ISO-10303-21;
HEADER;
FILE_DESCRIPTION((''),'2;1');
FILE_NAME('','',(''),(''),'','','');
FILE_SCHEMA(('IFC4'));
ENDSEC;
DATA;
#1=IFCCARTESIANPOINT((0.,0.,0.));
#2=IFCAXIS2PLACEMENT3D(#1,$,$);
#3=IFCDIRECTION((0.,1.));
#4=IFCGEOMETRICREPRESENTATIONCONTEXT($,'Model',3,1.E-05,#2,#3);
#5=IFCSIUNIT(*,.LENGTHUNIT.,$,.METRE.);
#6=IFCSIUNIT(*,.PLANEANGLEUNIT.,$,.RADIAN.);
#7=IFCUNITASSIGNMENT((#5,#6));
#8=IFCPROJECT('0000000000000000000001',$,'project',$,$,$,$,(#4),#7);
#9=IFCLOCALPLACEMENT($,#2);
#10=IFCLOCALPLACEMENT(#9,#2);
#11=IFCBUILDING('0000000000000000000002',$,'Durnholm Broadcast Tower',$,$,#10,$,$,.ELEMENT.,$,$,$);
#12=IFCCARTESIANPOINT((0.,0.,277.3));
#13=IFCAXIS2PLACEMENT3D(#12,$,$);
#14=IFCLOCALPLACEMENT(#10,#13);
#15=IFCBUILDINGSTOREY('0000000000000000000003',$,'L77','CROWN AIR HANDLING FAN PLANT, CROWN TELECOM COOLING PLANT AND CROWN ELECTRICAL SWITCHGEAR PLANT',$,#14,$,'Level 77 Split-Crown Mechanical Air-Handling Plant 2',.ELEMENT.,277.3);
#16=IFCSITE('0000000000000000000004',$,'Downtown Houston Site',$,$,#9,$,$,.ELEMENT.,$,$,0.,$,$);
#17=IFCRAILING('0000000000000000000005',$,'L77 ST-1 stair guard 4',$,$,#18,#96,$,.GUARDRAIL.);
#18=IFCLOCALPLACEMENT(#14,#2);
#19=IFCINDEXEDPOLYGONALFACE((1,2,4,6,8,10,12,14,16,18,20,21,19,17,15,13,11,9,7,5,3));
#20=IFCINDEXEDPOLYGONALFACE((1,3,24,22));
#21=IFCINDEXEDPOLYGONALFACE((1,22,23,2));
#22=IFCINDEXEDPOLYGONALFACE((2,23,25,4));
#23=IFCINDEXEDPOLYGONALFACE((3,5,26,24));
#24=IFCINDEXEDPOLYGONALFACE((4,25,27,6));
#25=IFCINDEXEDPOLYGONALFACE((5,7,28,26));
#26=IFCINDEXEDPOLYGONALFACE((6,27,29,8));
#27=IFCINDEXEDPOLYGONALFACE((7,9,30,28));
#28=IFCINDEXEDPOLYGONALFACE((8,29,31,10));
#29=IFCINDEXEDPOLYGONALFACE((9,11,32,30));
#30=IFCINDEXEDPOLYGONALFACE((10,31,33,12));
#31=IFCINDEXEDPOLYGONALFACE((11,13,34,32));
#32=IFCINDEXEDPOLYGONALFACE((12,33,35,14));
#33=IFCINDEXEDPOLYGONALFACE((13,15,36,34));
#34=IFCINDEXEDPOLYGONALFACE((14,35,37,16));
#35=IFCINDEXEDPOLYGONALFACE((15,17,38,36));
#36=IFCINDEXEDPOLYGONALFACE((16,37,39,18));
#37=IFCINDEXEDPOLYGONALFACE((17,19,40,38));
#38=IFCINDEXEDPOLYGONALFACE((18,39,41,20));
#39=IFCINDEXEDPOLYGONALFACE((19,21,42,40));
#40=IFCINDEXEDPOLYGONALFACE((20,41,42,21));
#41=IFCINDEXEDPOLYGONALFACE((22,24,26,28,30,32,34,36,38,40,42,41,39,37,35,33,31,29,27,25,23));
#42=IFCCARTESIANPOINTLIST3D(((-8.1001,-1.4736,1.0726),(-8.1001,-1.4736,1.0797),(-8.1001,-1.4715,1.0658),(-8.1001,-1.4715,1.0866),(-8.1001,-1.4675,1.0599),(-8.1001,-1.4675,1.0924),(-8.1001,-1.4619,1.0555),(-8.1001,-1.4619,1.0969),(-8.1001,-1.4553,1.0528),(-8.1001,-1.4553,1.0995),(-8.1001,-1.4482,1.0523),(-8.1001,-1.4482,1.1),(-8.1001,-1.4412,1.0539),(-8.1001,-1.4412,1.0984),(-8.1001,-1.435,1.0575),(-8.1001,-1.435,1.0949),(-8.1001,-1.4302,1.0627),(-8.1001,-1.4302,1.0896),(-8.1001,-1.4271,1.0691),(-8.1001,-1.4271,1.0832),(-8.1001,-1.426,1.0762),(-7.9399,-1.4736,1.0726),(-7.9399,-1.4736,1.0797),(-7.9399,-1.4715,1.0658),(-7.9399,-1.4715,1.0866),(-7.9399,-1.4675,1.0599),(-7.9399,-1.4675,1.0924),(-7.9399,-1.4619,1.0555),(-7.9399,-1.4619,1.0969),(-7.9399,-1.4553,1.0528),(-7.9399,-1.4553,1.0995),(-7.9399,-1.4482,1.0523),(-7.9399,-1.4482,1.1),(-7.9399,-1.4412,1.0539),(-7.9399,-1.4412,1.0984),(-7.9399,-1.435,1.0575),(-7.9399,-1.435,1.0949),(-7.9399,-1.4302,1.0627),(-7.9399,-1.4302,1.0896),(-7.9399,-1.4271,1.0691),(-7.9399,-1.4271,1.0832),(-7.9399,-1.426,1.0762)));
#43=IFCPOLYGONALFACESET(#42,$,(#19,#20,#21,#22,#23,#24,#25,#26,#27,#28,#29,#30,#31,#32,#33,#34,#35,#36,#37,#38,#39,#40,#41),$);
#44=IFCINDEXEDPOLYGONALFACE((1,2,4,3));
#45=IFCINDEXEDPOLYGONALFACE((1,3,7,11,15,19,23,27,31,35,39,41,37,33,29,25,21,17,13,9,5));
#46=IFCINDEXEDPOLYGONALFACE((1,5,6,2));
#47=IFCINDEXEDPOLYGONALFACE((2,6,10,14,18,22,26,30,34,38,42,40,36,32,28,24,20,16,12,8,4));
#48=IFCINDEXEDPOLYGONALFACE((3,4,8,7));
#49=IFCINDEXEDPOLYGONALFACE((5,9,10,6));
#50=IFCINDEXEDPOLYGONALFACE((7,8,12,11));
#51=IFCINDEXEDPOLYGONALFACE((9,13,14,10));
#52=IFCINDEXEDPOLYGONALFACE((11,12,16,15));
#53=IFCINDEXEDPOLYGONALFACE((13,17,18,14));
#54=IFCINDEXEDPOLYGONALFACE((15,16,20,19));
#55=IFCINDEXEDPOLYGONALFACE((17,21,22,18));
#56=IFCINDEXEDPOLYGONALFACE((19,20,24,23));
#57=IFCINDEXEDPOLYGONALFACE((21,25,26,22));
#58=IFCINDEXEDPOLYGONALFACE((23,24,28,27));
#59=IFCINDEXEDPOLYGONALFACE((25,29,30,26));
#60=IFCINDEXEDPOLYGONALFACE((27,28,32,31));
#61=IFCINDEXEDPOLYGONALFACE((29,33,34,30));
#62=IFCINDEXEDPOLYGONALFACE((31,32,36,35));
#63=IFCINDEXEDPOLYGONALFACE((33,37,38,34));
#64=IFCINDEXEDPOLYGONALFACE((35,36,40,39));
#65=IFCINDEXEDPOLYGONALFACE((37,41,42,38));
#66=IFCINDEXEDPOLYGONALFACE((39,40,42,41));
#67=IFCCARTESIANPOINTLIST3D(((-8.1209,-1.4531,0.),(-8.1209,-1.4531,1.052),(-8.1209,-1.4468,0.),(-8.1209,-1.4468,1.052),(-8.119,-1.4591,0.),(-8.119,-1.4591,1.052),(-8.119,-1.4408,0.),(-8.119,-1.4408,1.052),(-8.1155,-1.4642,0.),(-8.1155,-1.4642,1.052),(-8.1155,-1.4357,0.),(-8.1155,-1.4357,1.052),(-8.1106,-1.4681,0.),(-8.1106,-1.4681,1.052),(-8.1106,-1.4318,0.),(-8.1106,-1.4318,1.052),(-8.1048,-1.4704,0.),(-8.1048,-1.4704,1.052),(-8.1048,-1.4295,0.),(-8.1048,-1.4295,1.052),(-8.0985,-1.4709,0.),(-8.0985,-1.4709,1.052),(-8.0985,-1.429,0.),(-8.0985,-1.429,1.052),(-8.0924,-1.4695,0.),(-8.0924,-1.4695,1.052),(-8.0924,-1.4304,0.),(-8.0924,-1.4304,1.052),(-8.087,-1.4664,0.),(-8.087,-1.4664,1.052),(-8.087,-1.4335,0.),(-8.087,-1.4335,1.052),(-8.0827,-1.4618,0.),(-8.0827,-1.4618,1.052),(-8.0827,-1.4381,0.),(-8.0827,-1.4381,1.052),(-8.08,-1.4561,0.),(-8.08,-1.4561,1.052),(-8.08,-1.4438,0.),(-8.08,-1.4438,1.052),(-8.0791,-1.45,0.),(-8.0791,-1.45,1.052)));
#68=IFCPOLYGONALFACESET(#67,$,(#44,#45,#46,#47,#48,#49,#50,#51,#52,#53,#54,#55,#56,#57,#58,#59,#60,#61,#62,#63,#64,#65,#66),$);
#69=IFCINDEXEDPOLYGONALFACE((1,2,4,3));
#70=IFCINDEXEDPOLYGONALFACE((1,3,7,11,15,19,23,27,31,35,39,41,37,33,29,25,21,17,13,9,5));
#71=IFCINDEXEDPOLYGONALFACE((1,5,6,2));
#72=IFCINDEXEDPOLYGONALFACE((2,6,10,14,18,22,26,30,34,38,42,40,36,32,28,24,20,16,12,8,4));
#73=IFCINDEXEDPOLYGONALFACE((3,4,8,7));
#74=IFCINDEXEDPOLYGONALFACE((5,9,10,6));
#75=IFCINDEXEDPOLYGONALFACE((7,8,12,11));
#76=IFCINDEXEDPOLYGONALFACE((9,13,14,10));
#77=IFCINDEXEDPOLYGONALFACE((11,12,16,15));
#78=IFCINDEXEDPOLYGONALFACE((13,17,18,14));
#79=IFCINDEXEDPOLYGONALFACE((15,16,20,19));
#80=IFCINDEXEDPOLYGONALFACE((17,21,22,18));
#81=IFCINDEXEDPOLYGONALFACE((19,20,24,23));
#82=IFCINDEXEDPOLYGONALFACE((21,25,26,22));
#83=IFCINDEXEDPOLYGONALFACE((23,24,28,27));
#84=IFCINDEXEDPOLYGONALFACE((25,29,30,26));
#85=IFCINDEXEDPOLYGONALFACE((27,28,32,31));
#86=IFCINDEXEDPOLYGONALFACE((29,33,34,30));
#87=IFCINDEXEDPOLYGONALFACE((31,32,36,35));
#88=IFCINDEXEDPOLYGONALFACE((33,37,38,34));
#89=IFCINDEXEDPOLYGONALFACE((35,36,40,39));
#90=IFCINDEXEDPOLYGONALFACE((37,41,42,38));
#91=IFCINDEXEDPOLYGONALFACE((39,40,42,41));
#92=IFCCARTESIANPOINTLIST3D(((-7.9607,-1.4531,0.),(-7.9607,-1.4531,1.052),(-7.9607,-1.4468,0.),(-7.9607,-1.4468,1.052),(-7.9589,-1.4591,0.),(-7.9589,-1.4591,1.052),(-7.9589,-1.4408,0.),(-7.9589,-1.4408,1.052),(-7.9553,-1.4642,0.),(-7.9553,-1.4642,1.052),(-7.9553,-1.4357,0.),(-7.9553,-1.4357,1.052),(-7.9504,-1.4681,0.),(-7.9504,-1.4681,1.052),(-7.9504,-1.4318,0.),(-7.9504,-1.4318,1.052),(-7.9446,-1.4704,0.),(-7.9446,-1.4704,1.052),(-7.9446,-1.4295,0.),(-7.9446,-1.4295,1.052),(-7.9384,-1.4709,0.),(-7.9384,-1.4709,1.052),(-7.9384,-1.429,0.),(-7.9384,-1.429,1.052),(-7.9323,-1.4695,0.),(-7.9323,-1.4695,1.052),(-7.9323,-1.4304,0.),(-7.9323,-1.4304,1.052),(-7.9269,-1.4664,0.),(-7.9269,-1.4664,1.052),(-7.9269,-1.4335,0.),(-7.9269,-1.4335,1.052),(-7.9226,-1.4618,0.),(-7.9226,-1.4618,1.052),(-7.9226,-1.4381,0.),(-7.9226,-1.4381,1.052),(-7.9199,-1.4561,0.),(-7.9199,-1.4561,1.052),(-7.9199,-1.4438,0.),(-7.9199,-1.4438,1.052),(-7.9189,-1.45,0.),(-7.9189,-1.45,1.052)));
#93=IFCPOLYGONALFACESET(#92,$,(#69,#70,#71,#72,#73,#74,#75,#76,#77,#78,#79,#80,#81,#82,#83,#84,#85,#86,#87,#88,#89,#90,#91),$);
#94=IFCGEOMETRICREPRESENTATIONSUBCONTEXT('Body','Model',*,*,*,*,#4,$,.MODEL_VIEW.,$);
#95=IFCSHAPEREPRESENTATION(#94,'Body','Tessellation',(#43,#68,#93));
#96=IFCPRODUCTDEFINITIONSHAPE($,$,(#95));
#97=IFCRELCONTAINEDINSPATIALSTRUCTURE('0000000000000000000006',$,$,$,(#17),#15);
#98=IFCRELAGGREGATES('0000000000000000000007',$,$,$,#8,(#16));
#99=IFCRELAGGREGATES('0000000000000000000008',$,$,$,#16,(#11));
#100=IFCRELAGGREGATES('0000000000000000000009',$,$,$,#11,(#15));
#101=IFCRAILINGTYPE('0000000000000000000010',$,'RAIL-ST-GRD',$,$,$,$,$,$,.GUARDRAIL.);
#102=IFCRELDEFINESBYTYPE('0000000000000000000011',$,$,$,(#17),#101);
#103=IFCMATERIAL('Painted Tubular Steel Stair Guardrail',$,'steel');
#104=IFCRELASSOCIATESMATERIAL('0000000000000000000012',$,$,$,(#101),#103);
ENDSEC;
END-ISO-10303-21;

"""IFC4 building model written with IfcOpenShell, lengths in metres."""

from ifc_helpers import new_model, si_unit, direction, frame, origin, origin_2d, place, context, subcontext, project, spatial, circle, extrude, material, type_object, element, save


model = new_model("IFC4")

# Units and contexts
model_context = context("Model", 3, precision=1e-05, world=origin(), true_north=direction((0.0, 1.0)))
body_context = subcontext(model_context, "Body", "Model", "MODEL_VIEW")
ifc_project = project(units=[si_unit("LENGTHUNIT", "METRE"), si_unit("PLANEANGLEUNIT", "RADIAN")], contexts=[model_context])

# Site, building, storey
site_placement = place(None, origin())
site = spatial("IfcSite", under=ifc_project, at=site_placement, Name="Downtown Houston Site", CompositionType="ELEMENT", RefElevation=0.0)
building_placement = place(site_placement, origin())
building = spatial("IfcBuilding", under=site, at=building_placement, Name="Durnholm Broadcast Tower", CompositionType="ELEMENT")
storey_placement = place(building_placement, frame((0.0, 0.0, 277.3)))
storey = spatial("IfcBuildingStorey", under=building, at=storey_placement, Name="L77", Description="CROWN AIR HANDLING FAN PLANT, CROWN TELECOM COOLING PLANT AND CROWN ELECTRICAL SWITCHGEAR PLANT", LongName="Level 77 Split-Crown Mechanical Air-Handling Plant 2", CompositionType="ELEMENT", Elevation=277.3)

# Railing
ifc_material_1 = material(Name="Painted Tubular Steel Stair Guardrail", Category="steel")
railing_type_1 = type_object("IfcRailingType", Name="RAIL-ST-GRD", PredefinedType="GUARDRAIL", material=ifc_material_1)
railing_1_placement = place(storey_placement, frame((-8.1001, -1.45, 0.0)))
element("IfcRailing", 1, at=railing_1_placement, inside=storey, type_object=railing_type_1, Name="L77 ST-1 stair guard 4", PredefinedType="GUARDRAIL", context=body_context, shape_type="SweptSolid", body=[
    extrude(circle(Radius=0.0239, at=origin_2d()), frame((0.0, 0.0, 1.0762), z_axis=(1.0, 0.0, 0.0), x_axis=(0.0, 1.0, 0.0)), (0.0, 0.0, 1.0), 0.1602),
    extrude(circle(Radius=0.021, at=origin_2d()), origin(), (0.0, 0.0, 1.0), 1.052),
    extrude(circle(Radius=0.021, at=origin_2d()), frame((0.1602, 0.0, 0.0)), (0.0, 0.0, 1.0), 1.052),
])

save(model, "model.ifc")
